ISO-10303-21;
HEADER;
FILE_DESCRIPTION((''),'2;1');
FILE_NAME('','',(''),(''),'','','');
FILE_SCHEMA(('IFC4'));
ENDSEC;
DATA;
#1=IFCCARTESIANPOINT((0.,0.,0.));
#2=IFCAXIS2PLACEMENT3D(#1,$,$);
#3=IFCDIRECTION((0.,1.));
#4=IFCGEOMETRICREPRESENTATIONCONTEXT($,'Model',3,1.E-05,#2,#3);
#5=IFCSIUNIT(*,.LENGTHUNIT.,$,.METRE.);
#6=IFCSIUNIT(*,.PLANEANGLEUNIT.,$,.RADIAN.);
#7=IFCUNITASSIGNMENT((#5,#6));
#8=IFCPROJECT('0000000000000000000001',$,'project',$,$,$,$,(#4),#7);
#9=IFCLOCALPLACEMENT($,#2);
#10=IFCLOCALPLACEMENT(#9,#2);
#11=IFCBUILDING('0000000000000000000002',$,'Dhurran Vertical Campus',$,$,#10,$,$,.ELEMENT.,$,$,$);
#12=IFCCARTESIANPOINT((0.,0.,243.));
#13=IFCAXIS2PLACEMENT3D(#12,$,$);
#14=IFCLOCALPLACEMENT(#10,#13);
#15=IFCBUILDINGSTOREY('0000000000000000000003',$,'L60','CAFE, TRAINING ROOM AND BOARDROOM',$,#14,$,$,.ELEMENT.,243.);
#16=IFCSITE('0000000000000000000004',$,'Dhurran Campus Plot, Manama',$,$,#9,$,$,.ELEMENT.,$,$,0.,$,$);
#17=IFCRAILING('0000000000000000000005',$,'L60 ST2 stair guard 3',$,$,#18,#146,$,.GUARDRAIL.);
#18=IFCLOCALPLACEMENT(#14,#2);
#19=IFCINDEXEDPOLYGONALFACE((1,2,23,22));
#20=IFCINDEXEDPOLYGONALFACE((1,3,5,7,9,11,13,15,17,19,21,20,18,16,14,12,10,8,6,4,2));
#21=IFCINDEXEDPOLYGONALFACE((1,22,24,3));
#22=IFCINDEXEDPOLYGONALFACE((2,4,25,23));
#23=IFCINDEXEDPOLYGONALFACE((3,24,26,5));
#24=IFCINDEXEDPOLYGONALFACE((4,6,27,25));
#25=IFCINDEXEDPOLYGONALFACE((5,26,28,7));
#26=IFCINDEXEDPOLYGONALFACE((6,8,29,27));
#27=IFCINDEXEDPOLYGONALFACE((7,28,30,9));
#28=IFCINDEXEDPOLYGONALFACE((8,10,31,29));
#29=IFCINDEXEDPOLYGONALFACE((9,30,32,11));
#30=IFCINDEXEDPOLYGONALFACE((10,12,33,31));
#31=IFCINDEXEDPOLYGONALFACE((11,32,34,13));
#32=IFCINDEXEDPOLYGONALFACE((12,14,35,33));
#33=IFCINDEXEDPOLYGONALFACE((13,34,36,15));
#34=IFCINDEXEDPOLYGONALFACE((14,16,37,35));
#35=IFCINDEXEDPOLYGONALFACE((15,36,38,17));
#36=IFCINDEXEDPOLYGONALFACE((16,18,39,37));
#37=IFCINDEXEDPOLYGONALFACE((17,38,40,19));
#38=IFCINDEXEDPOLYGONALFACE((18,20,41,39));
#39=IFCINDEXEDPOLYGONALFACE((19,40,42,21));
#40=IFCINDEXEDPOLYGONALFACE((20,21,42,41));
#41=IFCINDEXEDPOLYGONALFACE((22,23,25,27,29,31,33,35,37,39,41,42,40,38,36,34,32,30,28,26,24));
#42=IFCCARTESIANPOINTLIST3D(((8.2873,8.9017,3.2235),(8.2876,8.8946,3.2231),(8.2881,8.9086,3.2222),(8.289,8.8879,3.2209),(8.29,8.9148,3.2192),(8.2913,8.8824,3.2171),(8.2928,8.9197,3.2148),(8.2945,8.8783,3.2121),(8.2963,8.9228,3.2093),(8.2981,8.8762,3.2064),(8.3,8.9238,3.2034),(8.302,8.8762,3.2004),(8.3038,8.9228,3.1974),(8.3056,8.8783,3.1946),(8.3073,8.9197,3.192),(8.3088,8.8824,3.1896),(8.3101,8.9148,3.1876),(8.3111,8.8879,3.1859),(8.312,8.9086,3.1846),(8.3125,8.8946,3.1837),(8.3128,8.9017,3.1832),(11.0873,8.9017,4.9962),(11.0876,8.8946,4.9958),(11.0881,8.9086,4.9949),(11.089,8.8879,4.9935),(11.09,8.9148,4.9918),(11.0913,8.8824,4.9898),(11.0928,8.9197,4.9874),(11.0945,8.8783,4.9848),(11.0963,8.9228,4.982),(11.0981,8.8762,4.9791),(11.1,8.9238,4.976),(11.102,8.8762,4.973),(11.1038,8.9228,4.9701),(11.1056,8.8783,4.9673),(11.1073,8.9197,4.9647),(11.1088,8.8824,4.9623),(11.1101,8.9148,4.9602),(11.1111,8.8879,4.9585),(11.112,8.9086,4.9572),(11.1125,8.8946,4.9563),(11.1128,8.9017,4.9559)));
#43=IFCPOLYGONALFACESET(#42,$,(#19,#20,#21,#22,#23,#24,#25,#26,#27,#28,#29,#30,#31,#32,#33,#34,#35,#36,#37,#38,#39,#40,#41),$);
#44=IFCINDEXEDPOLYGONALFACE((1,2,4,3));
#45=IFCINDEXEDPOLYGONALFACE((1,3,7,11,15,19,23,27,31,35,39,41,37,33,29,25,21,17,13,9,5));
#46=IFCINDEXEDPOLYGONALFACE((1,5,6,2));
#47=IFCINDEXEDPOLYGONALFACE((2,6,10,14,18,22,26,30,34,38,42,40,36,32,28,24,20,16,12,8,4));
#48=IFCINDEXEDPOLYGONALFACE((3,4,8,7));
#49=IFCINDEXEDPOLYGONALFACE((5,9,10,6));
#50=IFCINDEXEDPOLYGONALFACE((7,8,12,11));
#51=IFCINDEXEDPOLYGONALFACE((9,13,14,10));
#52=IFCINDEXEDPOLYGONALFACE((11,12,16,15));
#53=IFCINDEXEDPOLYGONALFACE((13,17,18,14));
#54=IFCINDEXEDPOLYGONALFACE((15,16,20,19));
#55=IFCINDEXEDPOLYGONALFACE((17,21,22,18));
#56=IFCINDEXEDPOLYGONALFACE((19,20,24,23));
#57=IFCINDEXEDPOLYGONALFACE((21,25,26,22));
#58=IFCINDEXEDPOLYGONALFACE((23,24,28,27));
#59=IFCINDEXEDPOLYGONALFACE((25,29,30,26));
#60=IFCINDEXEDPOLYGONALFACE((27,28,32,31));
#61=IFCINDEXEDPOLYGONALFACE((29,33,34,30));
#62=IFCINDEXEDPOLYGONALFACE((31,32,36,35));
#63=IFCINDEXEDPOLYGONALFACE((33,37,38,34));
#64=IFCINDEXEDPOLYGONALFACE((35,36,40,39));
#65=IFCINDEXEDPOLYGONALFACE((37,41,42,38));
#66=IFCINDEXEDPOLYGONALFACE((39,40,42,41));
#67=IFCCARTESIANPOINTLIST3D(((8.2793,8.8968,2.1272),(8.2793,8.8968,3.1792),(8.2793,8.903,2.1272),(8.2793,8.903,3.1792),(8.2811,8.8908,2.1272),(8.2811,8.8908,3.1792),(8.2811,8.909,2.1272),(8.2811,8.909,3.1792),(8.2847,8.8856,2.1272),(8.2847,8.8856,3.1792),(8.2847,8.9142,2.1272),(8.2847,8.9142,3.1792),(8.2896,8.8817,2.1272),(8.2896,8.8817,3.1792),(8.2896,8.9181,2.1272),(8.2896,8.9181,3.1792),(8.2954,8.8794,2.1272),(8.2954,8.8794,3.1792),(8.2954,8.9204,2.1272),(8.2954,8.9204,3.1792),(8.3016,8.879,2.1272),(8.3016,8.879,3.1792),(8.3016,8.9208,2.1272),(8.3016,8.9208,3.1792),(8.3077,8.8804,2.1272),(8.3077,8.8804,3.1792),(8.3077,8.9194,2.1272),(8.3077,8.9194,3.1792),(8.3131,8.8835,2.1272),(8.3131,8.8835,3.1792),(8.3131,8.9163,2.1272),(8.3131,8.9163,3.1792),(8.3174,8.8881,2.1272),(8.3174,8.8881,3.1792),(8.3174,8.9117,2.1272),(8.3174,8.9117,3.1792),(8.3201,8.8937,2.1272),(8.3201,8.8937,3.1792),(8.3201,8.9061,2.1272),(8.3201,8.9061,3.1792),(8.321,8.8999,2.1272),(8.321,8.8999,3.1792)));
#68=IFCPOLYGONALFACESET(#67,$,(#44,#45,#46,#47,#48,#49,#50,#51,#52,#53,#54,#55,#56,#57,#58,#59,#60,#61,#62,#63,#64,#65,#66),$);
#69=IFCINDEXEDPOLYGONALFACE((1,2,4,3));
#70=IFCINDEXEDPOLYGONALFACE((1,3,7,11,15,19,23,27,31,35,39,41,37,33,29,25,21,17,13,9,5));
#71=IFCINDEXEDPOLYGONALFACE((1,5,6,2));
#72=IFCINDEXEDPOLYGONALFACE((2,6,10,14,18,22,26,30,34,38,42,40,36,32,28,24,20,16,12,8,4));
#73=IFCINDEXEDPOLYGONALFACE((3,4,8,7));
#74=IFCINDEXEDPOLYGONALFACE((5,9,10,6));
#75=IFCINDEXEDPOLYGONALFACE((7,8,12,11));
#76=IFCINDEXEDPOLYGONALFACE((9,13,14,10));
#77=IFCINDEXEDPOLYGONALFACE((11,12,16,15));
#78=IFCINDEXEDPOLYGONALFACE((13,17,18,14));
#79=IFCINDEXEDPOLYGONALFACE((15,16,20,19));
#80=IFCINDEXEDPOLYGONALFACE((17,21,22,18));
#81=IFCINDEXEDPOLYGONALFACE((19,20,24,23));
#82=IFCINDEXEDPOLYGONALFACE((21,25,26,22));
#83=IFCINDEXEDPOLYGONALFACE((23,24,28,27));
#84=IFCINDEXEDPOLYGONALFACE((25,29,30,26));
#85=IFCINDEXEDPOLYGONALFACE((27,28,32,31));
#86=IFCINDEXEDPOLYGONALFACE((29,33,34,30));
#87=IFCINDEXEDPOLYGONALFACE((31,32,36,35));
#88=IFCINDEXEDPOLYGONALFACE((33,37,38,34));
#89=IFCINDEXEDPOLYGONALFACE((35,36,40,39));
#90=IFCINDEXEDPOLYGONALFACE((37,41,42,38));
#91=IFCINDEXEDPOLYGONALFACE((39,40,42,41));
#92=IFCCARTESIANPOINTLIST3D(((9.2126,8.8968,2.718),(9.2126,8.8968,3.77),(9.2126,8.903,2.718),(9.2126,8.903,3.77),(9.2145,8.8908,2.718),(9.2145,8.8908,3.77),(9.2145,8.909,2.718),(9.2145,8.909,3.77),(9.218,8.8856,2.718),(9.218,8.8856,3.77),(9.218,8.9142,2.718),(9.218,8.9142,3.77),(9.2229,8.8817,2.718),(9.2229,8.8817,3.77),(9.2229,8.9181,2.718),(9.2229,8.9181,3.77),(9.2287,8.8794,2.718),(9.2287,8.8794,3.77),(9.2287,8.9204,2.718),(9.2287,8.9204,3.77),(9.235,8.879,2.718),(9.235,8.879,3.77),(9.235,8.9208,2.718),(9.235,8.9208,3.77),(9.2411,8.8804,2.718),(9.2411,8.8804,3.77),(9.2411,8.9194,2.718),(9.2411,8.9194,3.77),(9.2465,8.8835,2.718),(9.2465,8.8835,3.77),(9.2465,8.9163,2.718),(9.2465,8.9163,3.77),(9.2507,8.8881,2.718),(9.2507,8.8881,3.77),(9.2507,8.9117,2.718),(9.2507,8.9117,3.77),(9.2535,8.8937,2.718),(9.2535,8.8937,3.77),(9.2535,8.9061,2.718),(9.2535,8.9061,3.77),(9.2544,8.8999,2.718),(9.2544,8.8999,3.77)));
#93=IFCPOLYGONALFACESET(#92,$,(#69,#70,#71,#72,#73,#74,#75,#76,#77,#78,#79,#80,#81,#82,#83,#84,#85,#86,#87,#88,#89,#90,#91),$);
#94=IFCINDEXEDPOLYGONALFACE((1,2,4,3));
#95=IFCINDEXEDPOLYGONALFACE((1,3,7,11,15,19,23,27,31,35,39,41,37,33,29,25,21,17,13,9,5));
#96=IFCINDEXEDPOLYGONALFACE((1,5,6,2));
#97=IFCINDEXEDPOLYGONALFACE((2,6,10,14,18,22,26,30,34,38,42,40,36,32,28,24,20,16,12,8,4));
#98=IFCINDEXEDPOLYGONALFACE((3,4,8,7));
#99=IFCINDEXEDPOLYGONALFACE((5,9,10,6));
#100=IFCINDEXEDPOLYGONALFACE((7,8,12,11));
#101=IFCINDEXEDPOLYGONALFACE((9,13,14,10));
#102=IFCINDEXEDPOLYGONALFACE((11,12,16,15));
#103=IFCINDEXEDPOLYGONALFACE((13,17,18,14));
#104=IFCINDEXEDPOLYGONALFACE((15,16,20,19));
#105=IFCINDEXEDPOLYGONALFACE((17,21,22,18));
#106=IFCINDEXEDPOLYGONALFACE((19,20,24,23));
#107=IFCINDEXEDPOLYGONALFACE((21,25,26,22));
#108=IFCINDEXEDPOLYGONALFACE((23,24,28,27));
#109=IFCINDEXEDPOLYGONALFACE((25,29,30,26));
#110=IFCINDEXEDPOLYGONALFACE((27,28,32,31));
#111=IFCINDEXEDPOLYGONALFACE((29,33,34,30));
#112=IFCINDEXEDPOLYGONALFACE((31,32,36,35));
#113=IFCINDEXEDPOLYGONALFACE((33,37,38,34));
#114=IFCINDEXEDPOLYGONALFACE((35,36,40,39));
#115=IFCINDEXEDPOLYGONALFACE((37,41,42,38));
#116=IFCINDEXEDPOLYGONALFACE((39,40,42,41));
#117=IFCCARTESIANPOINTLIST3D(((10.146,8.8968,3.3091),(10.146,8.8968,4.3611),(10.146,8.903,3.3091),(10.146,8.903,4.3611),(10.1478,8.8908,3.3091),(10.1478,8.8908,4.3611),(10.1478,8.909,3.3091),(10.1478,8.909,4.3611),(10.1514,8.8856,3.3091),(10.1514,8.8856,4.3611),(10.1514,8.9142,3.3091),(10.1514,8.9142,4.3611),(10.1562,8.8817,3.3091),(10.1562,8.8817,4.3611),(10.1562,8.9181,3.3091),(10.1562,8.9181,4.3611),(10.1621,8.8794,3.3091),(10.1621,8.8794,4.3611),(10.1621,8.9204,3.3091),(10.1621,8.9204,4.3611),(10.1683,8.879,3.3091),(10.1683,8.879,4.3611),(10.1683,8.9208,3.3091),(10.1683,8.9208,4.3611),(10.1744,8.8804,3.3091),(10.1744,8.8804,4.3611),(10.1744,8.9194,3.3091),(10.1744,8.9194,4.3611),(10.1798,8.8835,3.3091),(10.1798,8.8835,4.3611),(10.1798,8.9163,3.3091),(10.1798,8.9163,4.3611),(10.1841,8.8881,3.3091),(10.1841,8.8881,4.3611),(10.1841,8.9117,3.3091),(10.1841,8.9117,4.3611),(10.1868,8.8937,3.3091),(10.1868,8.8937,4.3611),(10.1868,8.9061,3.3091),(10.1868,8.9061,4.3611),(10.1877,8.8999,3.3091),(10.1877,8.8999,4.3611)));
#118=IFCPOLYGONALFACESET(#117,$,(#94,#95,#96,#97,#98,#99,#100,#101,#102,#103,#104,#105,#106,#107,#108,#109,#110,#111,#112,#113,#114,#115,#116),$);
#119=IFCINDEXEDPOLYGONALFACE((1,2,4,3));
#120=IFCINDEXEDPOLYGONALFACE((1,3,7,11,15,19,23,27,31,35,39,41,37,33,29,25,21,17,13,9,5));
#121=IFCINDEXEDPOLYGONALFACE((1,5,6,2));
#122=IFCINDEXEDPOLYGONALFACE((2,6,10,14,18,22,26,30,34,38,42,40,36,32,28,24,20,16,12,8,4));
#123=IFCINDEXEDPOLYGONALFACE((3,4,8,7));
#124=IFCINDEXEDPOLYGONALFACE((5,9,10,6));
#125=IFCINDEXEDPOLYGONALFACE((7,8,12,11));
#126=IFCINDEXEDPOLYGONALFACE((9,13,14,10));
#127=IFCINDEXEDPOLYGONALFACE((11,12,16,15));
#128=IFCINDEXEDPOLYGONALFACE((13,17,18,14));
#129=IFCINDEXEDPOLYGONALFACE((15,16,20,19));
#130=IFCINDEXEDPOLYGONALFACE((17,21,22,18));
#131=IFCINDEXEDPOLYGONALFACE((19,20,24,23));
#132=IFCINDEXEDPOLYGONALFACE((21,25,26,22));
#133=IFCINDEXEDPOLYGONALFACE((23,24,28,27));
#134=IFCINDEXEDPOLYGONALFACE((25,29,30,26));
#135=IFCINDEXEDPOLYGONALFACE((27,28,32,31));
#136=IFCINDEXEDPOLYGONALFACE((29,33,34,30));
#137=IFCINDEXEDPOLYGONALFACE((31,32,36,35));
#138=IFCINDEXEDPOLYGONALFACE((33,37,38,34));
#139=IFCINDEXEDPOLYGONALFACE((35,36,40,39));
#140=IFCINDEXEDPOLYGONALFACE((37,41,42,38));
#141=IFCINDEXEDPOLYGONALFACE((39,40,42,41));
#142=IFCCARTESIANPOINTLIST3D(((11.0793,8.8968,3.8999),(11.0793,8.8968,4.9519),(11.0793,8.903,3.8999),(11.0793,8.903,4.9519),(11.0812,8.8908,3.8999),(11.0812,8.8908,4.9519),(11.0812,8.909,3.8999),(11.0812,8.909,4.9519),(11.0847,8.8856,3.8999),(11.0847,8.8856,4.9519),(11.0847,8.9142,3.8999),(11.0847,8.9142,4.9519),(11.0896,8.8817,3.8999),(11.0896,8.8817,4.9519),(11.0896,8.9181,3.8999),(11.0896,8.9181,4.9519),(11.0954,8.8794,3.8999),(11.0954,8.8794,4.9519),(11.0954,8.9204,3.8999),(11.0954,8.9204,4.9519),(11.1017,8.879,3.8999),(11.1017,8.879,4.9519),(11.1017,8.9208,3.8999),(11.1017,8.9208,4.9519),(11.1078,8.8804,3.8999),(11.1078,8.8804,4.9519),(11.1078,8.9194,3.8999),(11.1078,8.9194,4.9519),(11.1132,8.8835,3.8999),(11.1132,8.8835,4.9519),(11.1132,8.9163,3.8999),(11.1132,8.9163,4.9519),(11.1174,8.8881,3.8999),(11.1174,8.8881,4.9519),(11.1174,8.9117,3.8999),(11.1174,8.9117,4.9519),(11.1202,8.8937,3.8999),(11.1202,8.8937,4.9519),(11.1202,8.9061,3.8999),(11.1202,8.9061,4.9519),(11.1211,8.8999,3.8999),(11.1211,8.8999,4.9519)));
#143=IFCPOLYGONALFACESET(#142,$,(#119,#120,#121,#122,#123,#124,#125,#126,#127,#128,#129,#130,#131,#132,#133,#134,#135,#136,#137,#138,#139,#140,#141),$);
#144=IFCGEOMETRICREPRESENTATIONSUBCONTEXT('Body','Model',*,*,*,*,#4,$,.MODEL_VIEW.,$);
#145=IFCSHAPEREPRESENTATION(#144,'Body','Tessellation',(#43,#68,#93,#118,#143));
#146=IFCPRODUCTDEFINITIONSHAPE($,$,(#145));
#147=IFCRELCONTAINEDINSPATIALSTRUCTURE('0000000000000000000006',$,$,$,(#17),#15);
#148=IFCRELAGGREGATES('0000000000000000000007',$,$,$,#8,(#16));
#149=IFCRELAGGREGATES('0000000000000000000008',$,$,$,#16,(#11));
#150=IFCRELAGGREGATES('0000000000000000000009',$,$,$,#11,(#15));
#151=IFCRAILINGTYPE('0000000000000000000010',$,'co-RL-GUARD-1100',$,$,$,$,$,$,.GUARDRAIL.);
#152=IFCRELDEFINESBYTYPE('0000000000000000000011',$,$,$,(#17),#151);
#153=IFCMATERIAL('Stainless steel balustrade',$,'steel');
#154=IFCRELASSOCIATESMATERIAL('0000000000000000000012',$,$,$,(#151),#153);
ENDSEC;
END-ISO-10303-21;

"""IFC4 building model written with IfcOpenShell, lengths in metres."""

from ifc_helpers import new_model, si_unit, direction, frame, origin, origin_2d, place, context, subcontext, project, spatial, circle, extrude, material, type_object, element, save


model = new_model("IFC4")

# Units and contexts
model_context = context("Model", 3, precision=1e-05, world=origin(), true_north=direction((0.0, 1.0)))
body_context = subcontext(model_context, "Body", "Model", "MODEL_VIEW")
ifc_project = project(units=[si_unit("LENGTHUNIT", "METRE"), si_unit("PLANEANGLEUNIT", "RADIAN")], contexts=[model_context])

# Site, building, storey
site_placement = place(None, origin())
site = spatial("IfcSite", under=ifc_project, at=site_placement, Name="Dhurran Campus Plot, Manama", CompositionType="ELEMENT", RefElevation=0.0)
building_placement = place(site_placement, origin())
building = spatial("IfcBuilding", under=site, at=building_placement, Name="Dhurran Vertical Campus", CompositionType="ELEMENT")
storey_placement = place(building_placement, frame((0.0, 0.0, 243.0)))
storey = spatial("IfcBuildingStorey", under=building, at=storey_placement, Name="L60", Description="CAFE, TRAINING ROOM AND BOARDROOM", CompositionType="ELEMENT", Elevation=243.0)

# Railing
ifc_material_1 = material(Name="Stainless steel balustrade", Category="steel")
railing_type_1 = type_object("IfcRailingType", Name="co-RL-GUARD-1100", PredefinedType="GUARDRAIL", material=ifc_material_1)
railing_1_placement = place(storey_placement, frame((8.3, 8.8999, 2.1272)))
element("IfcRailing", 1, at=railing_1_placement, inside=storey, type_object=railing_type_1, Name="L60 ST2 stair guard 3", PredefinedType="GUARDRAIL", context=body_context, shape_type="SweptSolid", body=[
    extrude(circle(Radius=0.0239, at=origin_2d()), frame((0.0, 0.0, 1.0762), z_axis=(0.844909, 0.0, 0.53491), x_axis=(0.0, 1.0, 0.0)), (0.0, 0.0, 1.0), 3.314),
    extrude(circle(Radius=0.021, at=origin_2d()), origin(), (0.0, 0.0, 1.0), 1.052),
    extrude(circle(Radius=0.021, at=origin_2d()), frame((0.9333, 0.0, 0.5908)), (0.0, 0.0, 1.0), 1.052),
    extrude(circle(Radius=0.021, at=origin_2d()), frame((1.8667, 0.0, 1.1819)), (0.0, 0.0, 1.0), 1.052),
    extrude(circle(Radius=0.021, at=origin_2d()), frame((2.8, 0.0, 1.7727)), (0.0, 0.0, 1.0), 1.052),
])

save(model, "model.ifc")
